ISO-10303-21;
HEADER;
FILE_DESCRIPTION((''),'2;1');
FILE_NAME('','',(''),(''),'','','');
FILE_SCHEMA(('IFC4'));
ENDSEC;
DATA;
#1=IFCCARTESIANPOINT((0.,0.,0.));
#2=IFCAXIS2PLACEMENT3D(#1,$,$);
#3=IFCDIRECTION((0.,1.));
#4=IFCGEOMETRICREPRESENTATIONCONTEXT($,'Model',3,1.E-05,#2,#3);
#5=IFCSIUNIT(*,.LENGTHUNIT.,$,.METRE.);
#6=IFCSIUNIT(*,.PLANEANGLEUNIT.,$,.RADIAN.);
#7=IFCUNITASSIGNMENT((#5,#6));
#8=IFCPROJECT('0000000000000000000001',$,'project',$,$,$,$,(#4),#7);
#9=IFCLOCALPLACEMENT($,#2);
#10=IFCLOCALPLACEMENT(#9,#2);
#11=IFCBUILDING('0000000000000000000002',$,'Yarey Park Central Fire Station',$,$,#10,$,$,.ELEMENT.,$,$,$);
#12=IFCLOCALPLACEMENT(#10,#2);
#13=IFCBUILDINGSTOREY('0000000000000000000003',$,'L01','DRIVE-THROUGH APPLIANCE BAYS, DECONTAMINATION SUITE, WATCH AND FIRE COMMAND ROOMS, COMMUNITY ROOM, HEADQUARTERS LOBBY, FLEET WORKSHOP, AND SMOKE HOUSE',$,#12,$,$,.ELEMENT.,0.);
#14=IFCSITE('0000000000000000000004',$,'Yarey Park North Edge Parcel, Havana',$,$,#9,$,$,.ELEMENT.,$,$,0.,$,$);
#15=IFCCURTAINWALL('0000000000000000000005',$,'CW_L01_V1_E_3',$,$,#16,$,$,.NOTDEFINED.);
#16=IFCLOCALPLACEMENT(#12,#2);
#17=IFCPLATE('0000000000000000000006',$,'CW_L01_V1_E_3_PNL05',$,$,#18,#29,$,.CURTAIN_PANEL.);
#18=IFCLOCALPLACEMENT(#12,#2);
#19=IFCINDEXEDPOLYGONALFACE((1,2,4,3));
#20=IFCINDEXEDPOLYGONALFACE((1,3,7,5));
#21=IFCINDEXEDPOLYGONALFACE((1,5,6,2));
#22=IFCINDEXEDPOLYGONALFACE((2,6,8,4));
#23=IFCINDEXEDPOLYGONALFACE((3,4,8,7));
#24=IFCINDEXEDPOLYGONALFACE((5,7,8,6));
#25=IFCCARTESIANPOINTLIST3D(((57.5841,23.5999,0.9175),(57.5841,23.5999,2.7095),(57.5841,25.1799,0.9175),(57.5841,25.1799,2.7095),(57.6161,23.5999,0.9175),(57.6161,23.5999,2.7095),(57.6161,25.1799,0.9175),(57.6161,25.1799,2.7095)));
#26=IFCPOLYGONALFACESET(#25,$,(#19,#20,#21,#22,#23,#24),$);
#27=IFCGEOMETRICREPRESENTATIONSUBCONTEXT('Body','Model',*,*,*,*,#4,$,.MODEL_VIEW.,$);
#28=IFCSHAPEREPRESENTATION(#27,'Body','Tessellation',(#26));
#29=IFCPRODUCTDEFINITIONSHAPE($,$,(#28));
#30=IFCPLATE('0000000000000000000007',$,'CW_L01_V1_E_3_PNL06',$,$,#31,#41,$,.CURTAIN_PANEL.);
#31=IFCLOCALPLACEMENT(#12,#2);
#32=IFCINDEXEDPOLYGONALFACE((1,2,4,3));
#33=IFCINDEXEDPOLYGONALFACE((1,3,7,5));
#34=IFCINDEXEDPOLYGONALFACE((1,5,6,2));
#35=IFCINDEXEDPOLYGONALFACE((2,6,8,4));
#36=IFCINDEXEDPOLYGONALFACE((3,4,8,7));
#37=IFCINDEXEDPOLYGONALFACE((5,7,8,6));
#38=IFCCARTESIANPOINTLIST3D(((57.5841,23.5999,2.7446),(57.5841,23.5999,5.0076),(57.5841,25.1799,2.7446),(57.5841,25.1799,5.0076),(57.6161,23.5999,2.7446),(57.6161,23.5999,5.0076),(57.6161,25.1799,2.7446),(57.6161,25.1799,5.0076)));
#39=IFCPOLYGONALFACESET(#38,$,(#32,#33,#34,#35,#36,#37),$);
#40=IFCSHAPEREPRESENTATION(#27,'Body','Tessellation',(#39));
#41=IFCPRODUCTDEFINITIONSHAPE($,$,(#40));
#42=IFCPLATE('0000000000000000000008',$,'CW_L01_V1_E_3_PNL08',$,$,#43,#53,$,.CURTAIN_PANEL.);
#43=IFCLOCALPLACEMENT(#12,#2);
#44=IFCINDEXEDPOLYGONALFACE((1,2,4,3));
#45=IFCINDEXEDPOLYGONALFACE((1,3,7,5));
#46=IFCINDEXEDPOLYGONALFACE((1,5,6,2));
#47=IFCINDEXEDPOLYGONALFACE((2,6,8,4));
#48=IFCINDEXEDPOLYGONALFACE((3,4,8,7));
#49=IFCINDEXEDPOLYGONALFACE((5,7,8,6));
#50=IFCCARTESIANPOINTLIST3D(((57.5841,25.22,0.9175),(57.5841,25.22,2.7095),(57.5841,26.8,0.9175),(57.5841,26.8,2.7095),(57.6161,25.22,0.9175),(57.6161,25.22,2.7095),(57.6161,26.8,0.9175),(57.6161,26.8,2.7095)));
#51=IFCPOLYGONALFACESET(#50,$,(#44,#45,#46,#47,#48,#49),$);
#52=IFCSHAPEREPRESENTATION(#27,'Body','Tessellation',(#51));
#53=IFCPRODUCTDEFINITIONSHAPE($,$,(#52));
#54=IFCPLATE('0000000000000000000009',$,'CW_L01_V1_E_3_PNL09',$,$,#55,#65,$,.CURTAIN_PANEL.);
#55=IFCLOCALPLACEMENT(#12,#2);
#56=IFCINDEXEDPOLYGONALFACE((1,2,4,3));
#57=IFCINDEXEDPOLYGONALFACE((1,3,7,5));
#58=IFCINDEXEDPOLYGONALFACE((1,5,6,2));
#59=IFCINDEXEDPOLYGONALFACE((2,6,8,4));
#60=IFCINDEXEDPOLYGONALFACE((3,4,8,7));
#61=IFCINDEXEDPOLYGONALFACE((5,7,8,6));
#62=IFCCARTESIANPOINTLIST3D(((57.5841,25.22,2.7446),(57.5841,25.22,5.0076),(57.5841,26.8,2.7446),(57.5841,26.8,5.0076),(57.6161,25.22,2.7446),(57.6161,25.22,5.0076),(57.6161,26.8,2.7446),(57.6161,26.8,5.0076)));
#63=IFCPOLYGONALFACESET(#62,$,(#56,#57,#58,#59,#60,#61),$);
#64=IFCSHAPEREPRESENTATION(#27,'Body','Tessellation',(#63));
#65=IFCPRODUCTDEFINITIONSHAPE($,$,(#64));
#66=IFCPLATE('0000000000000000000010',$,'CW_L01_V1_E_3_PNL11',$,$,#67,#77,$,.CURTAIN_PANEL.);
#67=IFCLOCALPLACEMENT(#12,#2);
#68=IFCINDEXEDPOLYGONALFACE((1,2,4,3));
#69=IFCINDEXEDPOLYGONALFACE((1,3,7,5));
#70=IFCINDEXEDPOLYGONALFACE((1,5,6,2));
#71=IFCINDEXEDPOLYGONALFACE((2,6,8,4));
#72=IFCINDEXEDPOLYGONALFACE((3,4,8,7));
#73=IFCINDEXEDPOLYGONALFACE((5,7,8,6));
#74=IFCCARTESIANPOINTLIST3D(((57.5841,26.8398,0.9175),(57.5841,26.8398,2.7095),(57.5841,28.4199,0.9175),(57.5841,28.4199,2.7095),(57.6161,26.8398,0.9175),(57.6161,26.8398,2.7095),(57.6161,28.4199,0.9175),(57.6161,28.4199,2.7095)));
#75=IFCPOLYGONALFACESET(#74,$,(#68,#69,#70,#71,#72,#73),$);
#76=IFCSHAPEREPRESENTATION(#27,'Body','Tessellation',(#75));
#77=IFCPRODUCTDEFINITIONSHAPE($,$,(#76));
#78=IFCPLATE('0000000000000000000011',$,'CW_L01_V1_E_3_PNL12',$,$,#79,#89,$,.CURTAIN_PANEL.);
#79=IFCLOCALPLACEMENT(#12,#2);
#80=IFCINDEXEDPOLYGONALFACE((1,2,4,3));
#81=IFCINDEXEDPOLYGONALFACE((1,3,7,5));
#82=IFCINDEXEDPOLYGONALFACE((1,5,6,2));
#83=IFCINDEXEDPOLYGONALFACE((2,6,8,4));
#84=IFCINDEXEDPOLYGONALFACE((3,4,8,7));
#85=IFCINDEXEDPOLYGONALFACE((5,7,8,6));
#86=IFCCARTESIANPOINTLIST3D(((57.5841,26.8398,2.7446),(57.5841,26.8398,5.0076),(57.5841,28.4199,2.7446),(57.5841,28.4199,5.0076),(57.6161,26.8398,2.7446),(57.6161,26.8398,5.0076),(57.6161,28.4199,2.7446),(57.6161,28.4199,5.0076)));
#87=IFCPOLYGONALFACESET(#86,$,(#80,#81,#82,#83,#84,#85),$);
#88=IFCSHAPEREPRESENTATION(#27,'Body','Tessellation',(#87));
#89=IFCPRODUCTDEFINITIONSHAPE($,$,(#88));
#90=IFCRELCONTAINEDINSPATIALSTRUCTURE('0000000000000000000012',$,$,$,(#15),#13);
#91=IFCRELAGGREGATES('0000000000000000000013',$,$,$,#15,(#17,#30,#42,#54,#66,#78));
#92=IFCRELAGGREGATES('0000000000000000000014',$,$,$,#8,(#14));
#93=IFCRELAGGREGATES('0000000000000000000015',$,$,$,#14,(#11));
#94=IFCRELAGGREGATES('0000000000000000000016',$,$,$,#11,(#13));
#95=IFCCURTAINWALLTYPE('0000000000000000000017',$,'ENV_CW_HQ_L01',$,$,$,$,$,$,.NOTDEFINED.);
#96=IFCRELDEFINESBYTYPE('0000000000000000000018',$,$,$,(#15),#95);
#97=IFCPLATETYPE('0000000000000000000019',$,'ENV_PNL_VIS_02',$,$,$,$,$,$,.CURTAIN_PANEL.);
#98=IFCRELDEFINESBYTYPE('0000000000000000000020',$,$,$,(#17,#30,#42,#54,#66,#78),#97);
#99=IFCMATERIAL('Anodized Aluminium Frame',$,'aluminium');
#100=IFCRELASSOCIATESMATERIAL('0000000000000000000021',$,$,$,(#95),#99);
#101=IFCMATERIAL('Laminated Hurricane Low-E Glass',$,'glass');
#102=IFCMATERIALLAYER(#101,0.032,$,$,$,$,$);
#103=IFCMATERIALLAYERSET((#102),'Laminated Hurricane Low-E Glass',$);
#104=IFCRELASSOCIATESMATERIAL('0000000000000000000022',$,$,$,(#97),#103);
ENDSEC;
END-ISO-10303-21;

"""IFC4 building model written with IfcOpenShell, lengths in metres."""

from ifc_helpers import new_model, si_unit, direction, frame, origin, origin_2d, place, context, subcontext, project, spatial, rectangle, extrude, material, layer, layer_set, type_object, element, aggregate, save


model = new_model("IFC4")

# Units and contexts
model_context = context("Model", 3, precision=1e-05, world=origin(), true_north=direction((0.0, 1.0)))
body_context = subcontext(model_context, "Body", "Model", "MODEL_VIEW")
ifc_project = project(units=[si_unit("LENGTHUNIT", "METRE"), si_unit("PLANEANGLEUNIT", "RADIAN")], contexts=[model_context])

# Site, building, storey
site_placement = place(None, origin())
site = spatial("IfcSite", under=ifc_project, at=site_placement, Name="Yarey Park North Edge Parcel, Havana", CompositionType="ELEMENT", RefElevation=0.0)
building_placement = place(site_placement, origin())
building = spatial("IfcBuilding", under=site, at=building_placement, Name="Yarey Park Central Fire Station", CompositionType="ELEMENT")
storey_placement = place(building_placement, origin())
storey = spatial("IfcBuildingStorey", under=building, at=storey_placement, Name="L01", Description="DRIVE-THROUGH APPLIANCE BAYS, DECONTAMINATION SUITE, WATCH AND FIRE COMMAND ROOMS, COMMUNITY ROOM, HEADQUARTERS LOBBY, FLEET WORKSHOP, AND SMOKE HOUSE", CompositionType="ELEMENT", Elevation=0.0)

# Curtain wall, plates
ifc_material_1 = material(Name="Anodized Aluminium Frame", Category="aluminium")
curtain_wall_type = type_object("IfcCurtainWallType", Name="ENV_CW_HQ_L01", PredefinedType="NOTDEFINED", material=ifc_material_1)
curtain_wall_placement = place(storey_placement, origin())
curtain_wall = element("IfcCurtainWall", 1, at=curtain_wall_placement, inside=storey, type_object=curtain_wall_type, Name="CW_L01_V1_E_3", PredefinedType="NOTDEFINED")
ifc_material_2 = material(Name="Laminated Hurricane Low-E Glass", Category="glass")
ifc_layer_1 = layer(ifc_material_2, 0.032)
ifc_layer_set_1 = layer_set([ifc_layer_1], Name="Laminated Hurricane Low-E Glass")
plate_type_1 = type_object("IfcPlateType", Name="ENV_PNL_VIS_02", PredefinedType="CURTAIN_PANEL", material=ifc_layer_set_1)
plate_1_placement = place(storey_placement, frame((57.6001, 24.3899, 0.9175), z_axis=(0.0, 0.0, 1.0), x_axis=(0.0, 1.0, 0.0)))
plate_1 = element("IfcPlate", 2, at=plate_1_placement, type_object=plate_type_1, Name="CW_L01_V1_E_3_PNL05", PredefinedType="CURTAIN_PANEL", context=body_context, shape_type="SweptSolid", body=[
    extrude(rectangle(XDim=1.5801, YDim=0.032, at=origin_2d()), origin(), (0.0, 0.0, 1.0), 1.792),
])
plate_2_placement = place(storey_placement, frame((57.6001, 24.3899, 2.7446), z_axis=(0.0, 0.0, 1.0), x_axis=(0.0, 1.0, 0.0)))
plate_2 = element("IfcPlate", 3, at=plate_2_placement, type_object=plate_type_1, Name="CW_L01_V1_E_3_PNL06", PredefinedType="CURTAIN_PANEL", context=body_context, shape_type="SweptSolid", body=[
    extrude(rectangle(XDim=1.5801, YDim=0.032, at=origin_2d()), origin(), (0.0, 0.0, 1.0), 2.2629),
])
plate_3_placement = place(storey_placement, frame((57.6001, 26.01, 0.9175), z_axis=(0.0, 0.0, 1.0), x_axis=(0.0, 1.0, 0.0)))
plate_3 = element("IfcPlate", 4, at=plate_3_placement, type_object=plate_type_1, Name="CW_L01_V1_E_3_PNL08", PredefinedType="CURTAIN_PANEL", context=body_context, shape_type="SweptSolid", body=[
    extrude(rectangle(XDim=1.5801, YDim=0.032, at=origin_2d()), origin(), (0.0, 0.0, 1.0), 1.792),
])
plate_4_placement = place(storey_placement, frame((57.6001, 26.01, 2.7446), z_axis=(0.0, 0.0, 1.0), x_axis=(0.0, 1.0, 0.0)))
plate_4 = element("IfcPlate", 5, at=plate_4_placement, type_object=plate_type_1, Name="CW_L01_V1_E_3_PNL09", PredefinedType="CURTAIN_PANEL", context=body_context, shape_type="SweptSolid", body=[
    extrude(rectangle(XDim=1.5801, YDim=0.032, at=origin_2d()), origin(), (0.0, 0.0, 1.0), 2.2629),
])
plate_5_placement = place(storey_placement, frame((57.6001, 27.6299, 0.9175), z_axis=(0.0, 0.0, 1.0), x_axis=(0.0, 1.0, 0.0)))
plate_5 = element("IfcPlate", 6, at=plate_5_placement, type_object=plate_type_1, Name="CW_L01_V1_E_3_PNL11", PredefinedType="CURTAIN_PANEL", context=body_context, shape_type="SweptSolid", body=[
    extrude(rectangle(XDim=1.5801, YDim=0.032, at=origin_2d()), origin(), (0.0, 0.0, 1.0), 1.792),
])
plate_6_placement = place(storey_placement, frame((57.6001, 27.6299, 2.7446), z_axis=(0.0, 0.0, 1.0), x_axis=(0.0, 1.0, 0.0)))
plate_6 = element("IfcPlate", 7, at=plate_6_placement, type_object=plate_type_1, Name="CW_L01_V1_E_3_PNL12", PredefinedType="CURTAIN_PANEL", context=body_context, shape_type="SweptSolid", body=[
    extrude(rectangle(XDim=1.5801, YDim=0.032, at=origin_2d()), origin(), (0.0, 0.0, 1.0), 2.2629),
])
aggregate(curtain_wall, [plate_1, plate_2, plate_3, plate_4, plate_5, plate_6])

save(model, "model.ifc")
